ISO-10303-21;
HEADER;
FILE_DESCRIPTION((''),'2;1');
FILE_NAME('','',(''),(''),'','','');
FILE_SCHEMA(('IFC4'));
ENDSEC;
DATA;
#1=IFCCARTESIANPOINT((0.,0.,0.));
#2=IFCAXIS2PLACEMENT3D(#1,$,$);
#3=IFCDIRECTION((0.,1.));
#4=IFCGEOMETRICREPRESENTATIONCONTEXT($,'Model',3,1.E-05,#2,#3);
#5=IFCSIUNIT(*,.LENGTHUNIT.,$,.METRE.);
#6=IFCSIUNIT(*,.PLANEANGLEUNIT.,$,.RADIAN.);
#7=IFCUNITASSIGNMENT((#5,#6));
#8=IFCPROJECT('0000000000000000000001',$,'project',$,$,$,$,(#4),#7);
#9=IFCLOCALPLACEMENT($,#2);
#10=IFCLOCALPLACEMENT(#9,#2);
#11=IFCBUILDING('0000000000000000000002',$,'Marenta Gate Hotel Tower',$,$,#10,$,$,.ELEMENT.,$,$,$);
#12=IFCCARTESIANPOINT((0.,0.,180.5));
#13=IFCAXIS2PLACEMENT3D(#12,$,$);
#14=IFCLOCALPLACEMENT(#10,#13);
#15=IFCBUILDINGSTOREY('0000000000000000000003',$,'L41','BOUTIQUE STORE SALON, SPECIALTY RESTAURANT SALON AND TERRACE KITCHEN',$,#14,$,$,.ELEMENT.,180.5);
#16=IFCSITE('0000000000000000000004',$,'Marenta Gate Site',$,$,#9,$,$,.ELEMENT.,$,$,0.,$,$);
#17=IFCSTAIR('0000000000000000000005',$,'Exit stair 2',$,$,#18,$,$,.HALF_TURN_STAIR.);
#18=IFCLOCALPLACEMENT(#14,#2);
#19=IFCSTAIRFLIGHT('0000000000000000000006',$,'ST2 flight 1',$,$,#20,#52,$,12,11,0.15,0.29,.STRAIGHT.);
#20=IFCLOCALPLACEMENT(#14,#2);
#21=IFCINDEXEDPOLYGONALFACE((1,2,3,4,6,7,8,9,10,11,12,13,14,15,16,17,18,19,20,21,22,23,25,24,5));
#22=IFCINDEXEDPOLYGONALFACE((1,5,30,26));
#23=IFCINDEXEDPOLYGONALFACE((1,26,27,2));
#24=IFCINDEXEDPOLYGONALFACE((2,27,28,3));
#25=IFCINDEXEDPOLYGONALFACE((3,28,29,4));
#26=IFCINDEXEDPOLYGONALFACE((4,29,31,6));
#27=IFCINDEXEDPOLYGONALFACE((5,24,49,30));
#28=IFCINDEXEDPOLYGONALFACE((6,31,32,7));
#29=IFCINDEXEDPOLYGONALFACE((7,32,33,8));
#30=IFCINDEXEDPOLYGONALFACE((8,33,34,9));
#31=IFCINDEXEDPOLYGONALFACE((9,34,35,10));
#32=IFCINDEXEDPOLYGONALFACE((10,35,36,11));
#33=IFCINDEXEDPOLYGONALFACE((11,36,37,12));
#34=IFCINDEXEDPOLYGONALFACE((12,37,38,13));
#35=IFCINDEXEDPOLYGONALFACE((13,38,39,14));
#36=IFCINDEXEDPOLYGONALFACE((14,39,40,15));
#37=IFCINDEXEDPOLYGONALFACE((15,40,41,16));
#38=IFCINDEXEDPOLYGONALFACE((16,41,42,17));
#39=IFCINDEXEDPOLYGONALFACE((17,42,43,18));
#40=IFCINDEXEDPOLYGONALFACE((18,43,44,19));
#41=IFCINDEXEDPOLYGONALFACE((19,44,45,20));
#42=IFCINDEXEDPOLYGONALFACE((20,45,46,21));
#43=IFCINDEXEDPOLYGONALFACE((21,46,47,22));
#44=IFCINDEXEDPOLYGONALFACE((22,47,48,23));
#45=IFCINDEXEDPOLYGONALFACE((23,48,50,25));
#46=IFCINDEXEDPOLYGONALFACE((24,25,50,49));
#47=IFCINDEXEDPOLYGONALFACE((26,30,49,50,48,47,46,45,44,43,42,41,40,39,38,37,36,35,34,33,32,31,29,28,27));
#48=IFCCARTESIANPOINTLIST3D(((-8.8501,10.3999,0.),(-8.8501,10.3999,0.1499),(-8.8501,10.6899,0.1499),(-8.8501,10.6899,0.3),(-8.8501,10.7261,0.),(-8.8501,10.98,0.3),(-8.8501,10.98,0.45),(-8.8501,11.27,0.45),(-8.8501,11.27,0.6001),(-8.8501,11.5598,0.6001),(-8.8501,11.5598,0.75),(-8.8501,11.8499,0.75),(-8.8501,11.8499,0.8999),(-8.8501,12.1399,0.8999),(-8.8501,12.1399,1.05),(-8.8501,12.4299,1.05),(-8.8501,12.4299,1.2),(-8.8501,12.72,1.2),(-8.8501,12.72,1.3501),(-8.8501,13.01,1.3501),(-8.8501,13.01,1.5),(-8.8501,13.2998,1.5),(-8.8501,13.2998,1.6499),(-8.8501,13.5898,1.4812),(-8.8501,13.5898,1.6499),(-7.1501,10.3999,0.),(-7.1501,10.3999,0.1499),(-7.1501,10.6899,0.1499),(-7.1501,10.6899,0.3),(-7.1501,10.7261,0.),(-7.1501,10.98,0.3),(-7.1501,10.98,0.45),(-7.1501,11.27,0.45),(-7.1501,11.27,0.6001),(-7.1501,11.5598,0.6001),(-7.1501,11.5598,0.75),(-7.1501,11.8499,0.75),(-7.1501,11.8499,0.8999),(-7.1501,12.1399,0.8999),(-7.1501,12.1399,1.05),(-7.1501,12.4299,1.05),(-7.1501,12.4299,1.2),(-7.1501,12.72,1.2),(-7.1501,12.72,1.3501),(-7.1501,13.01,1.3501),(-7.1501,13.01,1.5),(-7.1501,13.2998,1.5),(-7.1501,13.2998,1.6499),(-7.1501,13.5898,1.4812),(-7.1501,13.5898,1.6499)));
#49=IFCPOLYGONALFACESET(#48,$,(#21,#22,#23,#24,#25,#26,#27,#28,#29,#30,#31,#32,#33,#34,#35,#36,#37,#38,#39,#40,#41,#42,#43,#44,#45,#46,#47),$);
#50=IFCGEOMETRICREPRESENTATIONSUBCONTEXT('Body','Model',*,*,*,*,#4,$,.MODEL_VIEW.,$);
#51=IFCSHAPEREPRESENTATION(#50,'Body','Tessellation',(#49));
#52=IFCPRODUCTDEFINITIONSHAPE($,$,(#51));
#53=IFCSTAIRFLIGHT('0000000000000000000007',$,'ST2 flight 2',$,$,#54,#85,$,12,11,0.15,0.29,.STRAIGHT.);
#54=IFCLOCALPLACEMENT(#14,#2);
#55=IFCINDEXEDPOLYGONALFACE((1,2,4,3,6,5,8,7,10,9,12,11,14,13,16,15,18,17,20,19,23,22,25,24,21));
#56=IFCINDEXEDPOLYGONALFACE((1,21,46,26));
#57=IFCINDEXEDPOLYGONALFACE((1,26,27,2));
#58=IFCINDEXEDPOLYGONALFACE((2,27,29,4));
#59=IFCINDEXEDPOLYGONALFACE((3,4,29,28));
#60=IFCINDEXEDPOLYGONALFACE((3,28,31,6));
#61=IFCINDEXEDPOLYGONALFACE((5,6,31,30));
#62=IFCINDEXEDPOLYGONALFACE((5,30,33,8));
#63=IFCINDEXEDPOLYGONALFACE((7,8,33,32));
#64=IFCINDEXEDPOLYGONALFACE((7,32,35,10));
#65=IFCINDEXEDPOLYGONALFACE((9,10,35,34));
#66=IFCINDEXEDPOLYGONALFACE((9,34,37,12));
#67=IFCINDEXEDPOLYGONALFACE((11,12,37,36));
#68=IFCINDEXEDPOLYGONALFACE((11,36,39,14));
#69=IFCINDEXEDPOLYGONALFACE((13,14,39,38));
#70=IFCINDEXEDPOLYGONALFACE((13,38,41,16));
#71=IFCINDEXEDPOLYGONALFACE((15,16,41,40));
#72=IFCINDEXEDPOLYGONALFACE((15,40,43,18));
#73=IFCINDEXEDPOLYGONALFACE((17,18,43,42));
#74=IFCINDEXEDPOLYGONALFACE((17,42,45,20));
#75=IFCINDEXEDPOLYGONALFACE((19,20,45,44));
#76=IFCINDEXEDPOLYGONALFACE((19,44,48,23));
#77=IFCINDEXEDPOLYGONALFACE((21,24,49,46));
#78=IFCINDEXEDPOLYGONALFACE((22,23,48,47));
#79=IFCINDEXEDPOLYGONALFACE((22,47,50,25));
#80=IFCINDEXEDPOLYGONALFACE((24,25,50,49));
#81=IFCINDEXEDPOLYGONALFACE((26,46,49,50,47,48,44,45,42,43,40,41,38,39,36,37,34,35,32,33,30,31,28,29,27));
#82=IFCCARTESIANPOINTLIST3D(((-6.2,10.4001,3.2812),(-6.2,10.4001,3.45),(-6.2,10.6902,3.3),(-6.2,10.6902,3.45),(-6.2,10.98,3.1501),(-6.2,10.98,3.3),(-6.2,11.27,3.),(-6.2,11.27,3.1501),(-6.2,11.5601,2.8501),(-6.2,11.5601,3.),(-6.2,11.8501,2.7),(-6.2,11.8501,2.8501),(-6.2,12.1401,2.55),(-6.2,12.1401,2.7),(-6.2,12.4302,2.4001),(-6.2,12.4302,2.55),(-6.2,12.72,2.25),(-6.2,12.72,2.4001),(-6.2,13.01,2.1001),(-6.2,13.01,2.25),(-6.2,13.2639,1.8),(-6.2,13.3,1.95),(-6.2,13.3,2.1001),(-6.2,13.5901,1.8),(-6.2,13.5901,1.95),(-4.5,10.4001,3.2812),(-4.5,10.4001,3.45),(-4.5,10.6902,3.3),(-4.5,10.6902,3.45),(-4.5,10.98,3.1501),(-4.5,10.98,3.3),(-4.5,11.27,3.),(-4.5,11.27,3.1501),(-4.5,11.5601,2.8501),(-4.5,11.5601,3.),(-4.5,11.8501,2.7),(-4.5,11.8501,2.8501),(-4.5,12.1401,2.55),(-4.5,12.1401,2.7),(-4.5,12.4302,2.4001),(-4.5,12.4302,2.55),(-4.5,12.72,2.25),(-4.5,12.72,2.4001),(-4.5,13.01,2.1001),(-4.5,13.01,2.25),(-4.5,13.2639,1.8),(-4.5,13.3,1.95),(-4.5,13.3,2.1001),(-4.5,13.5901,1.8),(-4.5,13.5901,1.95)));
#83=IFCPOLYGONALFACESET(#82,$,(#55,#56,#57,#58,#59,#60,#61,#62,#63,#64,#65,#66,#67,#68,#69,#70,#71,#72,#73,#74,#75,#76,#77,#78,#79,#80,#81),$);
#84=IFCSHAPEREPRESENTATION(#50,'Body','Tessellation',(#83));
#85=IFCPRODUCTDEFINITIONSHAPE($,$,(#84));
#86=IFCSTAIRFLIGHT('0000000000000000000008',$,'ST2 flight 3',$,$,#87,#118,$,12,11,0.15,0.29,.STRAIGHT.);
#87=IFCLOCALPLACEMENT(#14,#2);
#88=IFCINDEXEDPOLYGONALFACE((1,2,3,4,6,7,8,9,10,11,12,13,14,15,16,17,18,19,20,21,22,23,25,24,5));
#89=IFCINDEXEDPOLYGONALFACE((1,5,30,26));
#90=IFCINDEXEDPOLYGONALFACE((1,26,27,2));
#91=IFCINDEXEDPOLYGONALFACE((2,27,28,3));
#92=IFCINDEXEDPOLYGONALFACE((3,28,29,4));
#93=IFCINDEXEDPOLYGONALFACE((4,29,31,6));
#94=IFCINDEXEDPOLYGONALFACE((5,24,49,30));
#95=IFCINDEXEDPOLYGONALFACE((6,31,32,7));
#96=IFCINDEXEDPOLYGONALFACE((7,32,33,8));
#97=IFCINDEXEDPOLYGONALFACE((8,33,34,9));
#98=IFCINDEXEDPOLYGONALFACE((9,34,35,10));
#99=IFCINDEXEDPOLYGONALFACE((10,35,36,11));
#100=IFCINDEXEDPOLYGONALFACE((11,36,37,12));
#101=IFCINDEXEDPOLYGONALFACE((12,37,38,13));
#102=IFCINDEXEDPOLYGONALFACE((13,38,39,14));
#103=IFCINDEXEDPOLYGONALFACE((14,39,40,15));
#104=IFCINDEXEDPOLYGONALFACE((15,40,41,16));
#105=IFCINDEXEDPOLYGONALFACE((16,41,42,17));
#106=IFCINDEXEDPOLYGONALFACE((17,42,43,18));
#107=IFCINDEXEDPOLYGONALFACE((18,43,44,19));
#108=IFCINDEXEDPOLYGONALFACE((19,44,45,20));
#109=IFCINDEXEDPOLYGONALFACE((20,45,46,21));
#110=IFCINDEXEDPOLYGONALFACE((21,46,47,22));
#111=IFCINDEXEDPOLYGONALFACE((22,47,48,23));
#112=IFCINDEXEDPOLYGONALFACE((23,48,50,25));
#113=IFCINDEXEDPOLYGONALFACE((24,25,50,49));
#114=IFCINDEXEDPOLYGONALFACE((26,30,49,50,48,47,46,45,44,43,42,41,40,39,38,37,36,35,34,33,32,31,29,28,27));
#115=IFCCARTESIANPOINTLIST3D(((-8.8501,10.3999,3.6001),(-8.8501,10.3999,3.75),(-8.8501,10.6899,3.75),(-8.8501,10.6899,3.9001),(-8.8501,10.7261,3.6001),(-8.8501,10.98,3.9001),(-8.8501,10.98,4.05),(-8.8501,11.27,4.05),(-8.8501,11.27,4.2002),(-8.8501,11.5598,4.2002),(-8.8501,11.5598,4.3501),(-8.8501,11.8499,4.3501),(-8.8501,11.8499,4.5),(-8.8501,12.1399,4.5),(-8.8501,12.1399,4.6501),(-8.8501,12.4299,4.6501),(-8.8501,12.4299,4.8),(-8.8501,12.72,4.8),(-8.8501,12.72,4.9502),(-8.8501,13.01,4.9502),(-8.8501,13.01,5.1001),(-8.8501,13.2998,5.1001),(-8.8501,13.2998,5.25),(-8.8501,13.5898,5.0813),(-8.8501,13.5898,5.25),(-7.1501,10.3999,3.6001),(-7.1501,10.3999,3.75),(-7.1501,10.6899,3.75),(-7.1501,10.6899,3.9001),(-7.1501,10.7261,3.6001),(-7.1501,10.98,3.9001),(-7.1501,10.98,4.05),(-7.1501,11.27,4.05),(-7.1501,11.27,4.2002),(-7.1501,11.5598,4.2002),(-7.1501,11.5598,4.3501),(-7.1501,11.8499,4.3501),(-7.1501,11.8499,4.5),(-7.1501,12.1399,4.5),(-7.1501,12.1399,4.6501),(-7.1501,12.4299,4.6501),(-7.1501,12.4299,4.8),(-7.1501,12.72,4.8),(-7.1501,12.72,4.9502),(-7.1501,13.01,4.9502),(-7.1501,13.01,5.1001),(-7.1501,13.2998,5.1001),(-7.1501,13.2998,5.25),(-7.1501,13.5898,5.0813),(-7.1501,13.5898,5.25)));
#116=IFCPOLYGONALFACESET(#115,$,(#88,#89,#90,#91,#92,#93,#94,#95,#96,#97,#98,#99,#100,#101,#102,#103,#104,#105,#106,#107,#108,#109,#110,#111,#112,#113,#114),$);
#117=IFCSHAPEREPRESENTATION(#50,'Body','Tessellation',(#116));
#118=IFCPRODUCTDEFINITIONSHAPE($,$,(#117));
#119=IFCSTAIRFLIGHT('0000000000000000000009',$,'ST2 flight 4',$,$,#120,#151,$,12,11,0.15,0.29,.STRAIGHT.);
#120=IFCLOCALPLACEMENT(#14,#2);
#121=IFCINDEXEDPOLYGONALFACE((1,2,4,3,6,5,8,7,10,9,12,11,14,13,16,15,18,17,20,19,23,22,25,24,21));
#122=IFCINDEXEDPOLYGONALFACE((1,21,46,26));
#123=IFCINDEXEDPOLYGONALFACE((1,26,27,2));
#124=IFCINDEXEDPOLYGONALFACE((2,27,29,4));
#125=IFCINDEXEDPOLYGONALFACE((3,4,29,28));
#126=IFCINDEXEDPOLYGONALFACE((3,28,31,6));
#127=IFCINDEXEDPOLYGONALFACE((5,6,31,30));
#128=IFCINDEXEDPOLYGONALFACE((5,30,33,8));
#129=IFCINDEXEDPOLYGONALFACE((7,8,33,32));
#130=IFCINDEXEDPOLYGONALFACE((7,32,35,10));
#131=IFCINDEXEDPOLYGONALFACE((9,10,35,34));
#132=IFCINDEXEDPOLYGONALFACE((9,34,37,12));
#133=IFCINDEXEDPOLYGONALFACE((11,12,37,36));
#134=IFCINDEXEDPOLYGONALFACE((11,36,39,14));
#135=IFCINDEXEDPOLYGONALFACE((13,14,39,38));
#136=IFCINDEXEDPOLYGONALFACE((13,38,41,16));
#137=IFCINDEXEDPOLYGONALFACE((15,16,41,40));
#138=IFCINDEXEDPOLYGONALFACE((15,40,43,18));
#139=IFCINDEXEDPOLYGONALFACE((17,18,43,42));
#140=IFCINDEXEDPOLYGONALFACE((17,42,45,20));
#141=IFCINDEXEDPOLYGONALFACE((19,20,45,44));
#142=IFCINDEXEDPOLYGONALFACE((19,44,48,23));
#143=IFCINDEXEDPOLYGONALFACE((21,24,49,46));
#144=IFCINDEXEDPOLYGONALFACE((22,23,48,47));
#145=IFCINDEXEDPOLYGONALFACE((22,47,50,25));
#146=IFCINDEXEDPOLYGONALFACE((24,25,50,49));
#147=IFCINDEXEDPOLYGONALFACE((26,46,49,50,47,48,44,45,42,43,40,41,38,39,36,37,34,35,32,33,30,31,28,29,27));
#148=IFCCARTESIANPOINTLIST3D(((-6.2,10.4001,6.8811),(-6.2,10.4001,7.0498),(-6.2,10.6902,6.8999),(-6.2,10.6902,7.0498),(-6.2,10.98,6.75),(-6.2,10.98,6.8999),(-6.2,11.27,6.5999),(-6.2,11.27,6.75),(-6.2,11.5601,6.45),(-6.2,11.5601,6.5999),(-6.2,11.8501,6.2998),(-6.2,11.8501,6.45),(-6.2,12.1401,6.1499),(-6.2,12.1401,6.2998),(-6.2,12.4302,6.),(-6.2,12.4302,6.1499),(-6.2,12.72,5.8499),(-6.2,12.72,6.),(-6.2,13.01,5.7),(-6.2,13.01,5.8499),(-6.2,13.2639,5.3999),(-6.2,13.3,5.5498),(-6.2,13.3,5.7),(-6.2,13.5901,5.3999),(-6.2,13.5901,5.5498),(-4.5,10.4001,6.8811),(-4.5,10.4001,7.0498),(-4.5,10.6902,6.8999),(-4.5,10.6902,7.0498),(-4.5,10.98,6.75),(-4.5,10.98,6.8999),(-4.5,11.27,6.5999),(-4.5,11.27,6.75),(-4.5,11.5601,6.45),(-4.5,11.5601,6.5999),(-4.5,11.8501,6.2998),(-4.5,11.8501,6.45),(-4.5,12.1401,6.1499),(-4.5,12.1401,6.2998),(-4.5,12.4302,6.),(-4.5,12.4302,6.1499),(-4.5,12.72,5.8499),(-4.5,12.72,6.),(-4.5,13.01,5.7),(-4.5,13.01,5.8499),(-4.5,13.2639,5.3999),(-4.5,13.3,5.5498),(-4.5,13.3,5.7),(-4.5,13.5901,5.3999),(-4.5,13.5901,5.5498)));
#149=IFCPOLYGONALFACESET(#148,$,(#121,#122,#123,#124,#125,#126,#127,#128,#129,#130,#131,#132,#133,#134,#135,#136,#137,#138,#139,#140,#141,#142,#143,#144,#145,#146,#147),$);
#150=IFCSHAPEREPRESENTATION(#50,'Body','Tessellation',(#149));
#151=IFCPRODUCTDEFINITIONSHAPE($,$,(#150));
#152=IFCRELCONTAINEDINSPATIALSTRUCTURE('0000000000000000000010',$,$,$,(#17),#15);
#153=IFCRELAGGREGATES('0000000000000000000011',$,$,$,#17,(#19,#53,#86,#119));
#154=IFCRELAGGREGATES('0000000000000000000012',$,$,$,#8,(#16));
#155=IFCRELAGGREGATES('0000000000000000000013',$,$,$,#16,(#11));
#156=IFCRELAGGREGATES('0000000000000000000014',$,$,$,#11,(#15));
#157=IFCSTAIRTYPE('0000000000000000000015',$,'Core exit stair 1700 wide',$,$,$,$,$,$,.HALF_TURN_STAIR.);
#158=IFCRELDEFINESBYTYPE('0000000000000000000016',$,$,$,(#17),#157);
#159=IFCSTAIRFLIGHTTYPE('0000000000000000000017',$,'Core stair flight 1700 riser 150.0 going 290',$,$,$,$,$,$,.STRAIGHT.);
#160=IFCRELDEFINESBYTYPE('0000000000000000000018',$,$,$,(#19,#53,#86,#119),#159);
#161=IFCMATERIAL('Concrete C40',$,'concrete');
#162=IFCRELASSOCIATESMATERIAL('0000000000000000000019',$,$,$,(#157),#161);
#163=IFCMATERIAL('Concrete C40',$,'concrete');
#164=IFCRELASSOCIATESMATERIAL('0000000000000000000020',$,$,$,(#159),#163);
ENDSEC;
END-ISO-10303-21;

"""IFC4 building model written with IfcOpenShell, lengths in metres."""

from ifc_helpers import new_model, si_unit, direction, frame, origin, place, context, subcontext, project, spatial, polyline, outline, extrude, material, type_object, element, aggregate, save


model = new_model("IFC4")

# Units and contexts
model_context = context("Model", 3, precision=1e-05, world=origin(), true_north=direction((0.0, 1.0)))
body_context = subcontext(model_context, "Body", "Model", "MODEL_VIEW")
ifc_project = project(units=[si_unit("LENGTHUNIT", "METRE"), si_unit("PLANEANGLEUNIT", "RADIAN")], contexts=[model_context])

# Site, building, storey
site_placement = place(None, origin())
site = spatial("IfcSite", under=ifc_project, at=site_placement, Name="Marenta Gate Site", CompositionType="ELEMENT", RefElevation=0.0)
building_placement = place(site_placement, origin())
building = spatial("IfcBuilding", under=site, at=building_placement, Name="Marenta Gate Hotel Tower", CompositionType="ELEMENT")
storey_placement = place(building_placement, frame((0.0, 0.0, 180.5)))
storey = spatial("IfcBuildingStorey", under=building, at=storey_placement, Name="L41", Description="BOUTIQUE STORE SALON, SPECIALTY RESTAURANT SALON AND TERRACE KITCHEN", CompositionType="ELEMENT", Elevation=180.5)

# Stair, stair flights
ifc_material_1 = material(Name="Concrete C40", Category="concrete")
stair_type = type_object("IfcStairType", Name="Core exit stair 1700 wide", PredefinedType="HALF_TURN_STAIR", material=ifc_material_1)
ifc_material_2 = material(Name="Concrete C40", Category="concrete")
stair_flight_type = type_object("IfcStairFlightType", Name="Core stair flight 1700 riser 150.0 going 290", PredefinedType="STRAIGHT", material=ifc_material_2)
stair_1_placement = place(storey_placement, origin())
stair_1 = element("IfcStair", 1, at=stair_1_placement, inside=storey, type_object=stair_type, Name="Exit stair 2", PredefinedType="HALF_TURN_STAIR")
stair_flight_1_placement = place(storey_placement, frame((-8.0, 10.3999, 0.0), z_axis=(0.0, 0.0, 1.0), x_axis=(0.0, 1.0, 0.0)))
stair_flight_1 = element("IfcStairFlight", 2, at=stair_flight_1_placement, type_object=stair_flight_type, Name="ST2 flight 1", NumberOfRisers=12, NumberOfTreads=11, PredefinedType="STRAIGHT", RiserHeight=0.15, TreadLength=0.29, context=body_context, shape_type="SweptSolid", body=[
    extrude(outline(polyline([(0.0, 0.0), (0.0, 0.1499), (0.29, 0.1499), (0.29, 0.3), (0.5801, 0.3), (0.5801, 0.45), (0.8701, 0.45), (0.8701, 0.6001), (1.1599, 0.6001), (1.1599, 0.75), (1.45, 0.75), (1.45, 0.8999), (1.74, 0.8999), (1.74, 1.05), (2.03, 1.05), (2.03, 1.2), (2.3201, 1.2), (2.3201, 1.3501), (2.6101, 1.3501), (2.6101, 1.5), (2.8999, 1.5), (2.8999, 1.6499), (3.1899, 1.6499), (3.1899, 1.8), (3.1899, 1.4812), (0.3262, 0.0), (0.0, 0.0)])), frame((0.0, 0.8501, 0.0), z_axis=(0.0, -1.0, 0.0), x_axis=(1.0, 0.0, 0.0)), (0.0, 0.0, 1.0), 1.7),
])
stair_flight_2_placement = place(storey_placement, frame((-5.3501, 13.5901, 1.8), z_axis=(0.0, 0.0, 1.0), x_axis=(0.0, -1.0, 0.0)))
stair_flight_2 = element("IfcStairFlight", 3, at=stair_flight_2_placement, type_object=stair_flight_type, Name="ST2 flight 2", NumberOfRisers=12, NumberOfTreads=11, PredefinedType="STRAIGHT", RiserHeight=0.15, TreadLength=0.29, context=body_context, shape_type="SweptSolid", body=[
    extrude(outline(polyline([(0.0, 0.0), (0.0, 0.1499), (0.29, 0.1499), (0.29, 0.3), (0.5801, 0.3), (0.5801, 0.45), (0.8701, 0.45), (0.8701, 0.6001), (1.1599, 0.6001), (1.1599, 0.75), (1.45, 0.75), (1.45, 0.8999), (1.74, 0.8999), (1.74, 1.05), (2.03, 1.05), (2.03, 1.2), (2.3201, 1.2), (2.3201, 1.3501), (2.6101, 1.3501), (2.6101, 1.5), (2.8999, 1.5), (2.8999, 1.6499), (3.1899, 1.6499), (3.1899, 1.8), (3.1899, 1.4812), (0.3262, 0.0), (0.0, 0.0)])), frame((0.0, 0.8501, 0.0), z_axis=(0.0, -1.0, 0.0), x_axis=(1.0, 0.0, 0.0)), (0.0, 0.0, 1.0), 1.7),
])
stair_flight_3_placement = place(storey_placement, frame((-8.0, 10.3999, 3.6001), z_axis=(0.0, 0.0, 1.0), x_axis=(0.0, 1.0, 0.0)))
stair_flight_3 = element("IfcStairFlight", 4, at=stair_flight_3_placement, type_object=stair_flight_type, Name="ST2 flight 3", NumberOfRisers=12, NumberOfTreads=11, PredefinedType="STRAIGHT", RiserHeight=0.15, TreadLength=0.29, context=body_context, shape_type="SweptSolid", body=[
    extrude(outline(polyline([(0.0, 0.0), (0.0, 0.1499), (0.29, 0.1499), (0.29, 0.3), (0.5801, 0.3), (0.5801, 0.45), (0.8701, 0.45), (0.8701, 0.6001), (1.1599, 0.6001), (1.1599, 0.75), (1.45, 0.75), (1.45, 0.8999), (1.74, 0.8999), (1.74, 1.05), (2.03, 1.05), (2.03, 1.2), (2.3201, 1.2), (2.3201, 1.3501), (2.6101, 1.3501), (2.6101, 1.5), (2.8999, 1.5), (2.8999, 1.6499), (3.1899, 1.6499), (3.1899, 1.8), (3.1899, 1.4812), (0.3262, 0.0), (0.0, 0.0)])), frame((0.0, 0.8501, 0.0), z_axis=(0.0, -1.0, 0.0), x_axis=(1.0, 0.0, 0.0)), (0.0, 0.0, 1.0), 1.7),
])
stair_flight_4_placement = place(storey_placement, frame((-5.3501, 13.5901, 5.3999), z_axis=(0.0, 0.0, 1.0), x_axis=(0.0, -1.0, 0.0)))
stair_flight_4 = element("IfcStairFlight", 5, at=stair_flight_4_placement, type_object=stair_flight_type, Name="ST2 flight 4", NumberOfRisers=12, NumberOfTreads=11, PredefinedType="STRAIGHT", RiserHeight=0.15, TreadLength=0.29, context=body_context, shape_type="SweptSolid", body=[
    extrude(outline(polyline([(0.0, 0.0), (0.0, 0.1499), (0.29, 0.1499), (0.29, 0.3), (0.5801, 0.3), (0.5801, 0.45), (0.8701, 0.45), (0.8701, 0.6001), (1.1599, 0.6001), (1.1599, 0.75), (1.45, 0.75), (1.45, 0.8999), (1.74, 0.8999), (1.74, 1.05), (2.03, 1.05), (2.03, 1.2), (2.3201, 1.2), (2.3201, 1.3501), (2.6101, 1.3501), (2.6101, 1.5), (2.8999, 1.5), (2.8999, 1.6499), (3.1899, 1.6499), (3.1899, 1.8), (3.1899, 1.4812), (0.3262, 0.0), (0.0, 0.0)])), frame((0.0, 0.8501, 0.0), z_axis=(0.0, -1.0, 0.0), x_axis=(1.0, 0.0, 0.0)), (0.0, 0.0, 1.0), 1.7),
])
aggregate(stair_1, [stair_flight_1, stair_flight_2, stair_flight_3, stair_flight_4])

save(model, "model.ifc")
